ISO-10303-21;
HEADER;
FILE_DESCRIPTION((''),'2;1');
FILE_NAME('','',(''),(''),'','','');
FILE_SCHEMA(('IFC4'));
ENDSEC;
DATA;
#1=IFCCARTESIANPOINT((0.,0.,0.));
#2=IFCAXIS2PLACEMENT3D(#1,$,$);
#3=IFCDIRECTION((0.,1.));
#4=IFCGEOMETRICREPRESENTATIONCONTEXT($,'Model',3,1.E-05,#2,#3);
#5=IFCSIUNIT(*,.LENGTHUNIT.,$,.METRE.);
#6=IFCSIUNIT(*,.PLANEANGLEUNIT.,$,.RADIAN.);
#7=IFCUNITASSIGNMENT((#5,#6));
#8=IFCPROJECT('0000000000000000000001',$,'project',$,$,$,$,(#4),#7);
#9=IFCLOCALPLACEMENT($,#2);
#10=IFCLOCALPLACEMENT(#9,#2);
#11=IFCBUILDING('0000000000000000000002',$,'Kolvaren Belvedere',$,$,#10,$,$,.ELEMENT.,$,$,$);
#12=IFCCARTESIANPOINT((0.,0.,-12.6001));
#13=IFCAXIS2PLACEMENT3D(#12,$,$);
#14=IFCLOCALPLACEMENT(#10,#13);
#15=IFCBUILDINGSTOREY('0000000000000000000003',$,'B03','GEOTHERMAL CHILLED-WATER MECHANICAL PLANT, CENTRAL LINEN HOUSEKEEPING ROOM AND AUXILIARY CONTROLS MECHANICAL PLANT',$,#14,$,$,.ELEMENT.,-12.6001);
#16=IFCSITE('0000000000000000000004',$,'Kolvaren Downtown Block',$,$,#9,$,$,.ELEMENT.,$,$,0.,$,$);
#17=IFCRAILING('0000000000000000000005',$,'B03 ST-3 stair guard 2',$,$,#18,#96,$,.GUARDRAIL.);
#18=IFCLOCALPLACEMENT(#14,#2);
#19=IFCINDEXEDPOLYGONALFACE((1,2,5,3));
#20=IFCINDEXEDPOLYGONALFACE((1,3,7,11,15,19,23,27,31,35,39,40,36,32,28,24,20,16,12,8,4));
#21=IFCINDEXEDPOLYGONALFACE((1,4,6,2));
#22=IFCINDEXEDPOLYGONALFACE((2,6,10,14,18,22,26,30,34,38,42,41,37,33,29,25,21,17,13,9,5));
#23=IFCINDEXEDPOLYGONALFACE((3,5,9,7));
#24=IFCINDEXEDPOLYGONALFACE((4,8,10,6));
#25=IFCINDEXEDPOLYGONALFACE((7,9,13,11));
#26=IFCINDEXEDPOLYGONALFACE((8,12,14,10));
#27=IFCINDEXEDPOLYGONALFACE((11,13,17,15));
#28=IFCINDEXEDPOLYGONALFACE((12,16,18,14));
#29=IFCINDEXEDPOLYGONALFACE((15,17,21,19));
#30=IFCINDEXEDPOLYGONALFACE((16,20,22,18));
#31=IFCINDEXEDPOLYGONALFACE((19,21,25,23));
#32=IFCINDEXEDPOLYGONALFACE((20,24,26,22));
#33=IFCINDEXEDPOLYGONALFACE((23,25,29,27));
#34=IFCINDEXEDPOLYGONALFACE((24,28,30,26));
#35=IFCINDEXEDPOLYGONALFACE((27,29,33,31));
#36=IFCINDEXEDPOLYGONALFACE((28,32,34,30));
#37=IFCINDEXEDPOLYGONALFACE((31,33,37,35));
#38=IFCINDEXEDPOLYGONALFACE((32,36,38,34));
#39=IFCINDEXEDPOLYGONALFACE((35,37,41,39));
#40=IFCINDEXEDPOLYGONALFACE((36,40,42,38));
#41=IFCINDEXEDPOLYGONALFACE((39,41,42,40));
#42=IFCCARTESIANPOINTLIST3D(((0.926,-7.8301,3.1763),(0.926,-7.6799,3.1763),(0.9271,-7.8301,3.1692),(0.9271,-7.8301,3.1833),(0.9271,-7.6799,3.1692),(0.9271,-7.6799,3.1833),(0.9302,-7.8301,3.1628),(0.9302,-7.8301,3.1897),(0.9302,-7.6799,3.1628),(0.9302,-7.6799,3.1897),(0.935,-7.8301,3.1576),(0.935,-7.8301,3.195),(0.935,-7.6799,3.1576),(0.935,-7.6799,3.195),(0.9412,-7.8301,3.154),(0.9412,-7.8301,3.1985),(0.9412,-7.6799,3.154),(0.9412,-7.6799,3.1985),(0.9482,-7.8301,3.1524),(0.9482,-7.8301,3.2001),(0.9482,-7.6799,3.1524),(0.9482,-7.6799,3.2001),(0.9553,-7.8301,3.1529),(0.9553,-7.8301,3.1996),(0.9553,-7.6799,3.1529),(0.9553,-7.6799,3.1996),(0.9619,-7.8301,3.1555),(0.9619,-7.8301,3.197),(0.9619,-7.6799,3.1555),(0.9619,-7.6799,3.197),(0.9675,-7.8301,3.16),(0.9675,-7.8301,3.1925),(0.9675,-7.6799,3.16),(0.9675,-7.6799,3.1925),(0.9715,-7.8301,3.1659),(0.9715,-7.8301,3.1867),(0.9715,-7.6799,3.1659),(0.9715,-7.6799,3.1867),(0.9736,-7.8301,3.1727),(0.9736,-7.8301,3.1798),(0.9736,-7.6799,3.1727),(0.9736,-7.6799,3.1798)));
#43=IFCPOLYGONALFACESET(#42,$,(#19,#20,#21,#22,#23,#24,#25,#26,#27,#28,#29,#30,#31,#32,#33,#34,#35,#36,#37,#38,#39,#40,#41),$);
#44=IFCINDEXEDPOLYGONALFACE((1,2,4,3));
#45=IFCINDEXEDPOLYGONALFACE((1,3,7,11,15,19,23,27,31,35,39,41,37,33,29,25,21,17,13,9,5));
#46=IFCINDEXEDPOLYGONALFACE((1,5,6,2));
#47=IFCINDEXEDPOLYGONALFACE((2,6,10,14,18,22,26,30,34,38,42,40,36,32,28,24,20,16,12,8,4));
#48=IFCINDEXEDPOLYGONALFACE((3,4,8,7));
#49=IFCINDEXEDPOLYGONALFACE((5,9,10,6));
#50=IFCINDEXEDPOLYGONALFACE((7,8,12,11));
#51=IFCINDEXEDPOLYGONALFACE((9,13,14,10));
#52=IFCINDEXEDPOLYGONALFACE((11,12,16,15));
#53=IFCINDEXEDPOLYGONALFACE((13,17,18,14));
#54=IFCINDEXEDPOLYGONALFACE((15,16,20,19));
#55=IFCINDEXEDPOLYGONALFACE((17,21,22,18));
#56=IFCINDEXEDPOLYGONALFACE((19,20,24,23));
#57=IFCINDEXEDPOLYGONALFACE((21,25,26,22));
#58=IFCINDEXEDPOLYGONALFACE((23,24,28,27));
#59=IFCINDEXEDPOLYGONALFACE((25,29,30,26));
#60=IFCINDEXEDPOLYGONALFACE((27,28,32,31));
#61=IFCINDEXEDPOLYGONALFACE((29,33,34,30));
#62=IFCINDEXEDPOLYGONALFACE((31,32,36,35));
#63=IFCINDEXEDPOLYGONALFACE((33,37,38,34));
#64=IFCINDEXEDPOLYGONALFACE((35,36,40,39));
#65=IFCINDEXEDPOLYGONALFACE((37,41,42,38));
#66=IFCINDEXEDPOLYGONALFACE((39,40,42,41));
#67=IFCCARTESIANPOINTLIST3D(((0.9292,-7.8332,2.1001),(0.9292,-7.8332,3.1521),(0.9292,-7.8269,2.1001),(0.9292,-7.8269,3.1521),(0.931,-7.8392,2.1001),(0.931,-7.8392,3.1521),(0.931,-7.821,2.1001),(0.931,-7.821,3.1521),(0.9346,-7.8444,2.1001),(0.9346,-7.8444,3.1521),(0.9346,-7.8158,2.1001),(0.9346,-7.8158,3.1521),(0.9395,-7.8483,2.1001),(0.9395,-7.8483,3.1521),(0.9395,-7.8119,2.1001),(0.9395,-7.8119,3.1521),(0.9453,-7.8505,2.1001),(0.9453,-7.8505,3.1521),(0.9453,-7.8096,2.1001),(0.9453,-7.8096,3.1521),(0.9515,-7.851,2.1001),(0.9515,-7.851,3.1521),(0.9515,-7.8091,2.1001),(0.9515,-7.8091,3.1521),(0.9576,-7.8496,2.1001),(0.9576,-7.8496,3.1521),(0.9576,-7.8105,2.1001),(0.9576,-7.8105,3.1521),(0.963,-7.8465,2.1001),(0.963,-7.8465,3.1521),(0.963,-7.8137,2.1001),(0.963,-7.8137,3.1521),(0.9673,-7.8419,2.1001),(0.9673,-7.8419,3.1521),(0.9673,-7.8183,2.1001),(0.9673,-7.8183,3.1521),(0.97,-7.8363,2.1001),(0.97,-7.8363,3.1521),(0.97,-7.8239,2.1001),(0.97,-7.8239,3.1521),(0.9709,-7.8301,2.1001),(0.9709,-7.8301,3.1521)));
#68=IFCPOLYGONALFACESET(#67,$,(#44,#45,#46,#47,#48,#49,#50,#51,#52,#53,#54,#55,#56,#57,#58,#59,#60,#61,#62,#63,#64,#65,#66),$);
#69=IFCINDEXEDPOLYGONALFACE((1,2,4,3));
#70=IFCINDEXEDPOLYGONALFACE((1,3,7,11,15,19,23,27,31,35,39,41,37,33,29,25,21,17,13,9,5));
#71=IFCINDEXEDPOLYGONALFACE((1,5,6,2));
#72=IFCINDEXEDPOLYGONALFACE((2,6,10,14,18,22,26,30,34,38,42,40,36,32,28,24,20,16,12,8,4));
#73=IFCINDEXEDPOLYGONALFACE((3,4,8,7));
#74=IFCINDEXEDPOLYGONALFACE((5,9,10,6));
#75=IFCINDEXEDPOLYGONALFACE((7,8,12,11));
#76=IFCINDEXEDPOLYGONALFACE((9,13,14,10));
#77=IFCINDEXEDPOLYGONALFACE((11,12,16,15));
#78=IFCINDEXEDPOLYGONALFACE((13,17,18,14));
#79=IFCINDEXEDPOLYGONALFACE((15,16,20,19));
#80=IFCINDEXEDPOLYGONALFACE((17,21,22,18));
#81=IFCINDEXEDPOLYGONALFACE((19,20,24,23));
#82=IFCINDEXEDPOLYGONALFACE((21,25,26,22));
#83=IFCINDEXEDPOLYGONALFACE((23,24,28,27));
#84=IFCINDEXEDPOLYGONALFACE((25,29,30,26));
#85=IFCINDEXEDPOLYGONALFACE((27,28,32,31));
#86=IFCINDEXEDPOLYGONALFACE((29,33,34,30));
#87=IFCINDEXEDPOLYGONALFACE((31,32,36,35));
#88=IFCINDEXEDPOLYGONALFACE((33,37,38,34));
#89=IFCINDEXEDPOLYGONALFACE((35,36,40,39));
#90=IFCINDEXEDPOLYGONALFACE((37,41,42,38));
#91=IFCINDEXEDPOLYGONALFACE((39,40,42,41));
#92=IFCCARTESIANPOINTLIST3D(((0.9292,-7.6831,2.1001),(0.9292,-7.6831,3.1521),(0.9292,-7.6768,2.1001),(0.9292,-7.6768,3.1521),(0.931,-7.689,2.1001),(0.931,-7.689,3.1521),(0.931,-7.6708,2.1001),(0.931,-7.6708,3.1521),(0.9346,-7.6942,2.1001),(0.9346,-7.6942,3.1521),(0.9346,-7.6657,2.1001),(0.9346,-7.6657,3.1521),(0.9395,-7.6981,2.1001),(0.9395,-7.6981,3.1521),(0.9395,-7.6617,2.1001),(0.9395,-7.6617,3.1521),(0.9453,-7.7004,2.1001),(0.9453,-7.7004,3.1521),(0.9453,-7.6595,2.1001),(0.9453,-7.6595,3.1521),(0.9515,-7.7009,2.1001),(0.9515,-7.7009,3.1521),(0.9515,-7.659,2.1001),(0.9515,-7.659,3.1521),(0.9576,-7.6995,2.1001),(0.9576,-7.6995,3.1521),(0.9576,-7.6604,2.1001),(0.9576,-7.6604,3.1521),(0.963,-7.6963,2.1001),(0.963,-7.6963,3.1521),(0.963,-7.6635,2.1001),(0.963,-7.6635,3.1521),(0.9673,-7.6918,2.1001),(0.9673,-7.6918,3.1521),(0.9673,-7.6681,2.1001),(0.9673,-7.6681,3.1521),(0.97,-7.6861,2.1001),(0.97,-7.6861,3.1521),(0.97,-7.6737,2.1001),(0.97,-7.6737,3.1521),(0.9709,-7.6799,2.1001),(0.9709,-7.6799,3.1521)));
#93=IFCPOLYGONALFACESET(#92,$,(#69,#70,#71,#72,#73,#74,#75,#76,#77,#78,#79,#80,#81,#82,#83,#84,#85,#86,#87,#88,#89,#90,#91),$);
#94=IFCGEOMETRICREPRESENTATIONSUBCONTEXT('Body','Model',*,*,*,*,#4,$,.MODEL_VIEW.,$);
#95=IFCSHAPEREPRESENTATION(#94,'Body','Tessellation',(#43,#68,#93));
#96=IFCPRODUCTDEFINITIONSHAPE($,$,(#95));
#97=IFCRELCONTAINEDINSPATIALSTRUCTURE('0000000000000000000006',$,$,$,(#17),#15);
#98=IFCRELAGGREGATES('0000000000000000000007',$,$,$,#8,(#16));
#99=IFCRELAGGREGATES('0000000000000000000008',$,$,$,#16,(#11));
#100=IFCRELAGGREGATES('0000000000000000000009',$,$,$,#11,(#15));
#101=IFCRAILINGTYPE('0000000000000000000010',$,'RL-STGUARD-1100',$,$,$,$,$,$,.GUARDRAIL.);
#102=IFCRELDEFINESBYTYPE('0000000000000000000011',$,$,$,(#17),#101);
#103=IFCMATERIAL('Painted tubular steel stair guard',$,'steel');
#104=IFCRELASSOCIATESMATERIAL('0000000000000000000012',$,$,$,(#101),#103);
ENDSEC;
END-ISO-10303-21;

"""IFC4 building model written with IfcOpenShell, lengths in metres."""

from ifc_helpers import new_model, si_unit, direction, frame, origin, origin_2d, place, context, subcontext, project, spatial, circle, extrude, material, type_object, element, save


model = new_model("IFC4")

# Units and contexts
model_context = context("Model", 3, precision=1e-05, world=origin(), true_north=direction((0.0, 1.0)))
body_context = subcontext(model_context, "Body", "Model", "MODEL_VIEW")
ifc_project = project(units=[si_unit("LENGTHUNIT", "METRE"), si_unit("PLANEANGLEUNIT", "RADIAN")], contexts=[model_context])

# Site, building, storey
site_placement = place(None, origin())
site = spatial("IfcSite", under=ifc_project, at=site_placement, Name="Kolvaren Downtown Block", CompositionType="ELEMENT", RefElevation=0.0)
building_placement = place(site_placement, origin())
building = spatial("IfcBuilding", under=site, at=building_placement, Name="Kolvaren Belvedere", CompositionType="ELEMENT")
storey_placement = place(building_placement, frame((0.0, 0.0, -12.6001)))
storey = spatial("IfcBuildingStorey", under=building, at=storey_placement, Name="B03", Description="GEOTHERMAL CHILLED-WATER MECHANICAL PLANT, CENTRAL LINEN HOUSEKEEPING ROOM AND AUXILIARY CONTROLS MECHANICAL PLANT", CompositionType="ELEMENT", Elevation=-12.6001)

# Railing
ifc_material_1 = material(Name="Painted tubular steel stair guard", Category="steel")
railing_type_1 = type_object("IfcRailingType", Name="RL-STGUARD-1100", PredefinedType="GUARDRAIL", material=ifc_material_1)
railing_1_placement = place(storey_placement, frame((0.95, -7.8301, 2.1001)))
element("IfcRailing", 1, at=railing_1_placement, inside=storey, type_object=railing_type_1, Name="B03 ST-3 stair guard 2", PredefinedType="GUARDRAIL", context=body_context, shape_type="SweptSolid", body=[
    extrude(circle(Radius=0.0239, at=origin_2d()), frame((0.0, 0.0, 1.0762), z_axis=(0.0, 1.0, 0.0), x_axis=(-1.0, 0.0, 0.0)), (0.0, 0.0, 1.0), 0.1501),
    extrude(circle(Radius=0.021, at=origin_2d()), origin(), (0.0, 0.0, 1.0), 1.052),
    extrude(circle(Radius=0.021, at=origin_2d()), frame((0.0, 0.1501, 0.0)), (0.0, 0.0, 1.0), 1.052),
])

save(model, "model.ifc")
